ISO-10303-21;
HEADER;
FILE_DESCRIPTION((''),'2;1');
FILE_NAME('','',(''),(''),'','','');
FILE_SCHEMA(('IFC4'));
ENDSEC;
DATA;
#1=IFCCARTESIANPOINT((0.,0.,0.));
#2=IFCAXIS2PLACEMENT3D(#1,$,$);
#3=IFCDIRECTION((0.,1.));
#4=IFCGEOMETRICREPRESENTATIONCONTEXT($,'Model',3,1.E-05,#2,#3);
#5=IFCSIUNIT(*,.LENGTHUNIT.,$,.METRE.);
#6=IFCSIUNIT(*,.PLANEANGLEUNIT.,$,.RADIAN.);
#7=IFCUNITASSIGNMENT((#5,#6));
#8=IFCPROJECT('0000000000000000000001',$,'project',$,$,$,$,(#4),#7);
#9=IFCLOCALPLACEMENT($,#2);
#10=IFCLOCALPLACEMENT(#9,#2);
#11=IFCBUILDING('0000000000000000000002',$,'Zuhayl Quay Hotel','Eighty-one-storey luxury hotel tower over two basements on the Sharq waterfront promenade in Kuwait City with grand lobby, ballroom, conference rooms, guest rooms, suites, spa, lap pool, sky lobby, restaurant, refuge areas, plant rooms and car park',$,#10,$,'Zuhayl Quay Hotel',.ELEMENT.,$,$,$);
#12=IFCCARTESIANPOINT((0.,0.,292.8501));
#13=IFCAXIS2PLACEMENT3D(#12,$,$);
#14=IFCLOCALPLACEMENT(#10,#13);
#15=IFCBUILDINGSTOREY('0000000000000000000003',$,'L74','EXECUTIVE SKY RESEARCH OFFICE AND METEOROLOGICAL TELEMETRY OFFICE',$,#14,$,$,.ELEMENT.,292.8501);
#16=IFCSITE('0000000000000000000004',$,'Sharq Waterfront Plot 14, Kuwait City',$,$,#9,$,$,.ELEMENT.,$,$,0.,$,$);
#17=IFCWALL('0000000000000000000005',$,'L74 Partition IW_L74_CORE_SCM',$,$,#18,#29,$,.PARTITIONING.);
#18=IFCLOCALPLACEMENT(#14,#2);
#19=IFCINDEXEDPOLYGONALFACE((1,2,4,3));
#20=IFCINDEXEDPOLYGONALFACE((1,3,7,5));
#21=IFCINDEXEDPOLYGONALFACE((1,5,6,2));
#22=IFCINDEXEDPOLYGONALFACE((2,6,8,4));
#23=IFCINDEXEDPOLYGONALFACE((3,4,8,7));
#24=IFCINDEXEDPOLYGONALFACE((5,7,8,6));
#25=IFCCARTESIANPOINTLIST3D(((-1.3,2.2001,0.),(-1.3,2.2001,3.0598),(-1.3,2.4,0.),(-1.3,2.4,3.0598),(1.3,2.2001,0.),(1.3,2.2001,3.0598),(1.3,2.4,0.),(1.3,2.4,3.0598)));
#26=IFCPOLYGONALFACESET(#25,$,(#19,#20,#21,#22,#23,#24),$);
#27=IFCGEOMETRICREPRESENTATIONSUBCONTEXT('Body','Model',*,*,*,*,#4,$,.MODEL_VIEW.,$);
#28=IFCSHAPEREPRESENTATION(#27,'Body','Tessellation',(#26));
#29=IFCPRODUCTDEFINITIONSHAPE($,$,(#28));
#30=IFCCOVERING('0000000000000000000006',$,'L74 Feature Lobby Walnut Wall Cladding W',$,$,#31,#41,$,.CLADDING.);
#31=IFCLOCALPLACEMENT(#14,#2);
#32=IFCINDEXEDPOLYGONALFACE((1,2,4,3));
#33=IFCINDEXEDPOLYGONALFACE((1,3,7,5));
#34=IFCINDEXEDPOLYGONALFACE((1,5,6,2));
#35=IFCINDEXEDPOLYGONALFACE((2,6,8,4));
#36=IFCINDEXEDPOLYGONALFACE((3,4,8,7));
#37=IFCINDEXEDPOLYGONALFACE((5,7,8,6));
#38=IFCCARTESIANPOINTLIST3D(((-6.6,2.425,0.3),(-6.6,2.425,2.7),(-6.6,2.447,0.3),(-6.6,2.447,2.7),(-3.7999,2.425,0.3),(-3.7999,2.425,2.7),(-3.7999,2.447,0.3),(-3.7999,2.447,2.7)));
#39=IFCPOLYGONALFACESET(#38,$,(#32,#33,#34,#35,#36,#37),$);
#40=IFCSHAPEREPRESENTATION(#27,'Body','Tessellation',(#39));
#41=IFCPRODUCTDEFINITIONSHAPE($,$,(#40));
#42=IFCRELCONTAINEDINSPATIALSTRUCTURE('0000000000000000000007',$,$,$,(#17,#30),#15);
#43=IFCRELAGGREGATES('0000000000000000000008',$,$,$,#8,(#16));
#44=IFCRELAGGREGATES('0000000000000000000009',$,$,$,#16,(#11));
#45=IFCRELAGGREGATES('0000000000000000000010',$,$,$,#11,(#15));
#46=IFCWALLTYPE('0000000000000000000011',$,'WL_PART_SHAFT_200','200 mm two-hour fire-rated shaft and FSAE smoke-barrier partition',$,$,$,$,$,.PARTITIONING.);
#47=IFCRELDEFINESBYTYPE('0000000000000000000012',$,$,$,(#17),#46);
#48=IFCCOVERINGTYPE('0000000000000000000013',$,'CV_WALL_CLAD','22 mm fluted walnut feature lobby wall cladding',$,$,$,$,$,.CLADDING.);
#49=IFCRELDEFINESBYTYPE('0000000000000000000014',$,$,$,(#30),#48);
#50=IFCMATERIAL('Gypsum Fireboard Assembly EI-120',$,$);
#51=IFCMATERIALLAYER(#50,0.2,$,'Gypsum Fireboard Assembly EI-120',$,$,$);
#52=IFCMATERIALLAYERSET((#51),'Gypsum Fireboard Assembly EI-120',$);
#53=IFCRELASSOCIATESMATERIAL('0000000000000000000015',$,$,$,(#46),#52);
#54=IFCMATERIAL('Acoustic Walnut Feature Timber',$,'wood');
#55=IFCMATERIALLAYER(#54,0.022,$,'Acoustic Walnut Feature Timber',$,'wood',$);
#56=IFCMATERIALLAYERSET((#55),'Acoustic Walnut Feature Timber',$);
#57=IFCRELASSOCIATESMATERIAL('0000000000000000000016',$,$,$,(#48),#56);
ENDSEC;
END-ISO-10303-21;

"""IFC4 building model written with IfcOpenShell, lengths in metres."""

from ifc_helpers import new_model, si_unit, direction, frame, frame_2d, origin, origin_2d, place, context, subcontext, project, spatial, rectangle, extrude, material, layer, layer_set, type_object, element, save


model = new_model("IFC4")

# Units and contexts
model_context = context("Model", 3, precision=1e-05, world=origin(), true_north=direction((0.0, 1.0)))
body_context = subcontext(model_context, "Body", "Model", "MODEL_VIEW")
ifc_project = project(units=[si_unit("LENGTHUNIT", "METRE"), si_unit("PLANEANGLEUNIT", "RADIAN")], contexts=[model_context])

# Site, building, storey
site_placement = place(None, origin())
site = spatial("IfcSite", under=ifc_project, at=site_placement, Name="Sharq Waterfront Plot 14, Kuwait City", CompositionType="ELEMENT", RefElevation=0.0)
building_placement = place(site_placement, origin())
building = spatial("IfcBuilding", under=site, at=building_placement, Name="Zuhayl Quay Hotel", Description="Eighty-one-storey luxury hotel tower over two basements on the Sharq waterfront promenade in Kuwait City with grand lobby, ballroom, conference rooms, guest rooms, suites, spa, lap pool, sky lobby, restaurant, refuge areas, plant rooms and car park", LongName="Zuhayl Quay Hotel", CompositionType="ELEMENT")
storey_placement = place(building_placement, frame((0.0, 0.0, 292.8501)))
storey = spatial("IfcBuildingStorey", under=building, at=storey_placement, Name="L74", Description="EXECUTIVE SKY RESEARCH OFFICE AND METEOROLOGICAL TELEMETRY OFFICE", CompositionType="ELEMENT", Elevation=292.8501)

# Shared definitions
ifc_material_1 = material(Name="Gypsum Fireboard Assembly EI-120")
ifc_layer_1 = layer(ifc_material_1, 0.2, Name="Gypsum Fireboard Assembly EI-120")
ifc_layer_set_1 = layer_set([ifc_layer_1], Name="Gypsum Fireboard Assembly EI-120")
wall_type_1 = type_object("IfcWallType", Name="WL_PART_SHAFT_200", Description="200 mm two-hour fire-rated shaft and FSAE smoke-barrier partition", PredefinedType="PARTITIONING", material=ifc_layer_set_1)

# Wall
wall_1_placement = place(storey_placement, frame((-1.3, 2.3, 0.0), z_axis=(0.0, 0.0, 1.0), x_axis=(1.0, 0.0, 0.0)))
element("IfcWall", 1, at=wall_1_placement, inside=storey, type_object=wall_type_1, Name="L74 Partition IW_L74_CORE_SCM", PredefinedType="PARTITIONING", context=body_context, shape_type="SweptSolid", body=[
    extrude(rectangle(XDim=2.6001, YDim=0.2, at=frame_2d((1.3, 0.0))), origin(), (0.0, 0.0, 1.0), 3.0598),
])

# Covering
ifc_material_2 = material(Name="Acoustic Walnut Feature Timber", Category="wood")
ifc_layer_2 = layer(ifc_material_2, 0.022, Name="Acoustic Walnut Feature Timber", Category="wood")
ifc_layer_set_2 = layer_set([ifc_layer_2], Name="Acoustic Walnut Feature Timber")
covering_type = type_object("IfcCoveringType", Name="CV_WALL_CLAD", Description="22 mm fluted walnut feature lobby wall cladding", PredefinedType="CLADDING", material=ifc_layer_set_2)
covering_placement = place(storey_placement, frame((-5.2, 2.436, 0.3), z_axis=(0.0, 0.0, 1.0), x_axis=(1.0, 0.0, 0.0)))
element("IfcCovering", 2, at=covering_placement, inside=storey, type_object=covering_type, Name="L74 Feature Lobby Walnut Wall Cladding W", PredefinedType="CLADDING", context=body_context, shape_type="SweptSolid", body=[
    extrude(rectangle(XDim=2.8, YDim=0.022, at=origin_2d()), origin(), (0.0, 0.0, 1.0), 2.3999),
])

save(model, "model.ifc")
